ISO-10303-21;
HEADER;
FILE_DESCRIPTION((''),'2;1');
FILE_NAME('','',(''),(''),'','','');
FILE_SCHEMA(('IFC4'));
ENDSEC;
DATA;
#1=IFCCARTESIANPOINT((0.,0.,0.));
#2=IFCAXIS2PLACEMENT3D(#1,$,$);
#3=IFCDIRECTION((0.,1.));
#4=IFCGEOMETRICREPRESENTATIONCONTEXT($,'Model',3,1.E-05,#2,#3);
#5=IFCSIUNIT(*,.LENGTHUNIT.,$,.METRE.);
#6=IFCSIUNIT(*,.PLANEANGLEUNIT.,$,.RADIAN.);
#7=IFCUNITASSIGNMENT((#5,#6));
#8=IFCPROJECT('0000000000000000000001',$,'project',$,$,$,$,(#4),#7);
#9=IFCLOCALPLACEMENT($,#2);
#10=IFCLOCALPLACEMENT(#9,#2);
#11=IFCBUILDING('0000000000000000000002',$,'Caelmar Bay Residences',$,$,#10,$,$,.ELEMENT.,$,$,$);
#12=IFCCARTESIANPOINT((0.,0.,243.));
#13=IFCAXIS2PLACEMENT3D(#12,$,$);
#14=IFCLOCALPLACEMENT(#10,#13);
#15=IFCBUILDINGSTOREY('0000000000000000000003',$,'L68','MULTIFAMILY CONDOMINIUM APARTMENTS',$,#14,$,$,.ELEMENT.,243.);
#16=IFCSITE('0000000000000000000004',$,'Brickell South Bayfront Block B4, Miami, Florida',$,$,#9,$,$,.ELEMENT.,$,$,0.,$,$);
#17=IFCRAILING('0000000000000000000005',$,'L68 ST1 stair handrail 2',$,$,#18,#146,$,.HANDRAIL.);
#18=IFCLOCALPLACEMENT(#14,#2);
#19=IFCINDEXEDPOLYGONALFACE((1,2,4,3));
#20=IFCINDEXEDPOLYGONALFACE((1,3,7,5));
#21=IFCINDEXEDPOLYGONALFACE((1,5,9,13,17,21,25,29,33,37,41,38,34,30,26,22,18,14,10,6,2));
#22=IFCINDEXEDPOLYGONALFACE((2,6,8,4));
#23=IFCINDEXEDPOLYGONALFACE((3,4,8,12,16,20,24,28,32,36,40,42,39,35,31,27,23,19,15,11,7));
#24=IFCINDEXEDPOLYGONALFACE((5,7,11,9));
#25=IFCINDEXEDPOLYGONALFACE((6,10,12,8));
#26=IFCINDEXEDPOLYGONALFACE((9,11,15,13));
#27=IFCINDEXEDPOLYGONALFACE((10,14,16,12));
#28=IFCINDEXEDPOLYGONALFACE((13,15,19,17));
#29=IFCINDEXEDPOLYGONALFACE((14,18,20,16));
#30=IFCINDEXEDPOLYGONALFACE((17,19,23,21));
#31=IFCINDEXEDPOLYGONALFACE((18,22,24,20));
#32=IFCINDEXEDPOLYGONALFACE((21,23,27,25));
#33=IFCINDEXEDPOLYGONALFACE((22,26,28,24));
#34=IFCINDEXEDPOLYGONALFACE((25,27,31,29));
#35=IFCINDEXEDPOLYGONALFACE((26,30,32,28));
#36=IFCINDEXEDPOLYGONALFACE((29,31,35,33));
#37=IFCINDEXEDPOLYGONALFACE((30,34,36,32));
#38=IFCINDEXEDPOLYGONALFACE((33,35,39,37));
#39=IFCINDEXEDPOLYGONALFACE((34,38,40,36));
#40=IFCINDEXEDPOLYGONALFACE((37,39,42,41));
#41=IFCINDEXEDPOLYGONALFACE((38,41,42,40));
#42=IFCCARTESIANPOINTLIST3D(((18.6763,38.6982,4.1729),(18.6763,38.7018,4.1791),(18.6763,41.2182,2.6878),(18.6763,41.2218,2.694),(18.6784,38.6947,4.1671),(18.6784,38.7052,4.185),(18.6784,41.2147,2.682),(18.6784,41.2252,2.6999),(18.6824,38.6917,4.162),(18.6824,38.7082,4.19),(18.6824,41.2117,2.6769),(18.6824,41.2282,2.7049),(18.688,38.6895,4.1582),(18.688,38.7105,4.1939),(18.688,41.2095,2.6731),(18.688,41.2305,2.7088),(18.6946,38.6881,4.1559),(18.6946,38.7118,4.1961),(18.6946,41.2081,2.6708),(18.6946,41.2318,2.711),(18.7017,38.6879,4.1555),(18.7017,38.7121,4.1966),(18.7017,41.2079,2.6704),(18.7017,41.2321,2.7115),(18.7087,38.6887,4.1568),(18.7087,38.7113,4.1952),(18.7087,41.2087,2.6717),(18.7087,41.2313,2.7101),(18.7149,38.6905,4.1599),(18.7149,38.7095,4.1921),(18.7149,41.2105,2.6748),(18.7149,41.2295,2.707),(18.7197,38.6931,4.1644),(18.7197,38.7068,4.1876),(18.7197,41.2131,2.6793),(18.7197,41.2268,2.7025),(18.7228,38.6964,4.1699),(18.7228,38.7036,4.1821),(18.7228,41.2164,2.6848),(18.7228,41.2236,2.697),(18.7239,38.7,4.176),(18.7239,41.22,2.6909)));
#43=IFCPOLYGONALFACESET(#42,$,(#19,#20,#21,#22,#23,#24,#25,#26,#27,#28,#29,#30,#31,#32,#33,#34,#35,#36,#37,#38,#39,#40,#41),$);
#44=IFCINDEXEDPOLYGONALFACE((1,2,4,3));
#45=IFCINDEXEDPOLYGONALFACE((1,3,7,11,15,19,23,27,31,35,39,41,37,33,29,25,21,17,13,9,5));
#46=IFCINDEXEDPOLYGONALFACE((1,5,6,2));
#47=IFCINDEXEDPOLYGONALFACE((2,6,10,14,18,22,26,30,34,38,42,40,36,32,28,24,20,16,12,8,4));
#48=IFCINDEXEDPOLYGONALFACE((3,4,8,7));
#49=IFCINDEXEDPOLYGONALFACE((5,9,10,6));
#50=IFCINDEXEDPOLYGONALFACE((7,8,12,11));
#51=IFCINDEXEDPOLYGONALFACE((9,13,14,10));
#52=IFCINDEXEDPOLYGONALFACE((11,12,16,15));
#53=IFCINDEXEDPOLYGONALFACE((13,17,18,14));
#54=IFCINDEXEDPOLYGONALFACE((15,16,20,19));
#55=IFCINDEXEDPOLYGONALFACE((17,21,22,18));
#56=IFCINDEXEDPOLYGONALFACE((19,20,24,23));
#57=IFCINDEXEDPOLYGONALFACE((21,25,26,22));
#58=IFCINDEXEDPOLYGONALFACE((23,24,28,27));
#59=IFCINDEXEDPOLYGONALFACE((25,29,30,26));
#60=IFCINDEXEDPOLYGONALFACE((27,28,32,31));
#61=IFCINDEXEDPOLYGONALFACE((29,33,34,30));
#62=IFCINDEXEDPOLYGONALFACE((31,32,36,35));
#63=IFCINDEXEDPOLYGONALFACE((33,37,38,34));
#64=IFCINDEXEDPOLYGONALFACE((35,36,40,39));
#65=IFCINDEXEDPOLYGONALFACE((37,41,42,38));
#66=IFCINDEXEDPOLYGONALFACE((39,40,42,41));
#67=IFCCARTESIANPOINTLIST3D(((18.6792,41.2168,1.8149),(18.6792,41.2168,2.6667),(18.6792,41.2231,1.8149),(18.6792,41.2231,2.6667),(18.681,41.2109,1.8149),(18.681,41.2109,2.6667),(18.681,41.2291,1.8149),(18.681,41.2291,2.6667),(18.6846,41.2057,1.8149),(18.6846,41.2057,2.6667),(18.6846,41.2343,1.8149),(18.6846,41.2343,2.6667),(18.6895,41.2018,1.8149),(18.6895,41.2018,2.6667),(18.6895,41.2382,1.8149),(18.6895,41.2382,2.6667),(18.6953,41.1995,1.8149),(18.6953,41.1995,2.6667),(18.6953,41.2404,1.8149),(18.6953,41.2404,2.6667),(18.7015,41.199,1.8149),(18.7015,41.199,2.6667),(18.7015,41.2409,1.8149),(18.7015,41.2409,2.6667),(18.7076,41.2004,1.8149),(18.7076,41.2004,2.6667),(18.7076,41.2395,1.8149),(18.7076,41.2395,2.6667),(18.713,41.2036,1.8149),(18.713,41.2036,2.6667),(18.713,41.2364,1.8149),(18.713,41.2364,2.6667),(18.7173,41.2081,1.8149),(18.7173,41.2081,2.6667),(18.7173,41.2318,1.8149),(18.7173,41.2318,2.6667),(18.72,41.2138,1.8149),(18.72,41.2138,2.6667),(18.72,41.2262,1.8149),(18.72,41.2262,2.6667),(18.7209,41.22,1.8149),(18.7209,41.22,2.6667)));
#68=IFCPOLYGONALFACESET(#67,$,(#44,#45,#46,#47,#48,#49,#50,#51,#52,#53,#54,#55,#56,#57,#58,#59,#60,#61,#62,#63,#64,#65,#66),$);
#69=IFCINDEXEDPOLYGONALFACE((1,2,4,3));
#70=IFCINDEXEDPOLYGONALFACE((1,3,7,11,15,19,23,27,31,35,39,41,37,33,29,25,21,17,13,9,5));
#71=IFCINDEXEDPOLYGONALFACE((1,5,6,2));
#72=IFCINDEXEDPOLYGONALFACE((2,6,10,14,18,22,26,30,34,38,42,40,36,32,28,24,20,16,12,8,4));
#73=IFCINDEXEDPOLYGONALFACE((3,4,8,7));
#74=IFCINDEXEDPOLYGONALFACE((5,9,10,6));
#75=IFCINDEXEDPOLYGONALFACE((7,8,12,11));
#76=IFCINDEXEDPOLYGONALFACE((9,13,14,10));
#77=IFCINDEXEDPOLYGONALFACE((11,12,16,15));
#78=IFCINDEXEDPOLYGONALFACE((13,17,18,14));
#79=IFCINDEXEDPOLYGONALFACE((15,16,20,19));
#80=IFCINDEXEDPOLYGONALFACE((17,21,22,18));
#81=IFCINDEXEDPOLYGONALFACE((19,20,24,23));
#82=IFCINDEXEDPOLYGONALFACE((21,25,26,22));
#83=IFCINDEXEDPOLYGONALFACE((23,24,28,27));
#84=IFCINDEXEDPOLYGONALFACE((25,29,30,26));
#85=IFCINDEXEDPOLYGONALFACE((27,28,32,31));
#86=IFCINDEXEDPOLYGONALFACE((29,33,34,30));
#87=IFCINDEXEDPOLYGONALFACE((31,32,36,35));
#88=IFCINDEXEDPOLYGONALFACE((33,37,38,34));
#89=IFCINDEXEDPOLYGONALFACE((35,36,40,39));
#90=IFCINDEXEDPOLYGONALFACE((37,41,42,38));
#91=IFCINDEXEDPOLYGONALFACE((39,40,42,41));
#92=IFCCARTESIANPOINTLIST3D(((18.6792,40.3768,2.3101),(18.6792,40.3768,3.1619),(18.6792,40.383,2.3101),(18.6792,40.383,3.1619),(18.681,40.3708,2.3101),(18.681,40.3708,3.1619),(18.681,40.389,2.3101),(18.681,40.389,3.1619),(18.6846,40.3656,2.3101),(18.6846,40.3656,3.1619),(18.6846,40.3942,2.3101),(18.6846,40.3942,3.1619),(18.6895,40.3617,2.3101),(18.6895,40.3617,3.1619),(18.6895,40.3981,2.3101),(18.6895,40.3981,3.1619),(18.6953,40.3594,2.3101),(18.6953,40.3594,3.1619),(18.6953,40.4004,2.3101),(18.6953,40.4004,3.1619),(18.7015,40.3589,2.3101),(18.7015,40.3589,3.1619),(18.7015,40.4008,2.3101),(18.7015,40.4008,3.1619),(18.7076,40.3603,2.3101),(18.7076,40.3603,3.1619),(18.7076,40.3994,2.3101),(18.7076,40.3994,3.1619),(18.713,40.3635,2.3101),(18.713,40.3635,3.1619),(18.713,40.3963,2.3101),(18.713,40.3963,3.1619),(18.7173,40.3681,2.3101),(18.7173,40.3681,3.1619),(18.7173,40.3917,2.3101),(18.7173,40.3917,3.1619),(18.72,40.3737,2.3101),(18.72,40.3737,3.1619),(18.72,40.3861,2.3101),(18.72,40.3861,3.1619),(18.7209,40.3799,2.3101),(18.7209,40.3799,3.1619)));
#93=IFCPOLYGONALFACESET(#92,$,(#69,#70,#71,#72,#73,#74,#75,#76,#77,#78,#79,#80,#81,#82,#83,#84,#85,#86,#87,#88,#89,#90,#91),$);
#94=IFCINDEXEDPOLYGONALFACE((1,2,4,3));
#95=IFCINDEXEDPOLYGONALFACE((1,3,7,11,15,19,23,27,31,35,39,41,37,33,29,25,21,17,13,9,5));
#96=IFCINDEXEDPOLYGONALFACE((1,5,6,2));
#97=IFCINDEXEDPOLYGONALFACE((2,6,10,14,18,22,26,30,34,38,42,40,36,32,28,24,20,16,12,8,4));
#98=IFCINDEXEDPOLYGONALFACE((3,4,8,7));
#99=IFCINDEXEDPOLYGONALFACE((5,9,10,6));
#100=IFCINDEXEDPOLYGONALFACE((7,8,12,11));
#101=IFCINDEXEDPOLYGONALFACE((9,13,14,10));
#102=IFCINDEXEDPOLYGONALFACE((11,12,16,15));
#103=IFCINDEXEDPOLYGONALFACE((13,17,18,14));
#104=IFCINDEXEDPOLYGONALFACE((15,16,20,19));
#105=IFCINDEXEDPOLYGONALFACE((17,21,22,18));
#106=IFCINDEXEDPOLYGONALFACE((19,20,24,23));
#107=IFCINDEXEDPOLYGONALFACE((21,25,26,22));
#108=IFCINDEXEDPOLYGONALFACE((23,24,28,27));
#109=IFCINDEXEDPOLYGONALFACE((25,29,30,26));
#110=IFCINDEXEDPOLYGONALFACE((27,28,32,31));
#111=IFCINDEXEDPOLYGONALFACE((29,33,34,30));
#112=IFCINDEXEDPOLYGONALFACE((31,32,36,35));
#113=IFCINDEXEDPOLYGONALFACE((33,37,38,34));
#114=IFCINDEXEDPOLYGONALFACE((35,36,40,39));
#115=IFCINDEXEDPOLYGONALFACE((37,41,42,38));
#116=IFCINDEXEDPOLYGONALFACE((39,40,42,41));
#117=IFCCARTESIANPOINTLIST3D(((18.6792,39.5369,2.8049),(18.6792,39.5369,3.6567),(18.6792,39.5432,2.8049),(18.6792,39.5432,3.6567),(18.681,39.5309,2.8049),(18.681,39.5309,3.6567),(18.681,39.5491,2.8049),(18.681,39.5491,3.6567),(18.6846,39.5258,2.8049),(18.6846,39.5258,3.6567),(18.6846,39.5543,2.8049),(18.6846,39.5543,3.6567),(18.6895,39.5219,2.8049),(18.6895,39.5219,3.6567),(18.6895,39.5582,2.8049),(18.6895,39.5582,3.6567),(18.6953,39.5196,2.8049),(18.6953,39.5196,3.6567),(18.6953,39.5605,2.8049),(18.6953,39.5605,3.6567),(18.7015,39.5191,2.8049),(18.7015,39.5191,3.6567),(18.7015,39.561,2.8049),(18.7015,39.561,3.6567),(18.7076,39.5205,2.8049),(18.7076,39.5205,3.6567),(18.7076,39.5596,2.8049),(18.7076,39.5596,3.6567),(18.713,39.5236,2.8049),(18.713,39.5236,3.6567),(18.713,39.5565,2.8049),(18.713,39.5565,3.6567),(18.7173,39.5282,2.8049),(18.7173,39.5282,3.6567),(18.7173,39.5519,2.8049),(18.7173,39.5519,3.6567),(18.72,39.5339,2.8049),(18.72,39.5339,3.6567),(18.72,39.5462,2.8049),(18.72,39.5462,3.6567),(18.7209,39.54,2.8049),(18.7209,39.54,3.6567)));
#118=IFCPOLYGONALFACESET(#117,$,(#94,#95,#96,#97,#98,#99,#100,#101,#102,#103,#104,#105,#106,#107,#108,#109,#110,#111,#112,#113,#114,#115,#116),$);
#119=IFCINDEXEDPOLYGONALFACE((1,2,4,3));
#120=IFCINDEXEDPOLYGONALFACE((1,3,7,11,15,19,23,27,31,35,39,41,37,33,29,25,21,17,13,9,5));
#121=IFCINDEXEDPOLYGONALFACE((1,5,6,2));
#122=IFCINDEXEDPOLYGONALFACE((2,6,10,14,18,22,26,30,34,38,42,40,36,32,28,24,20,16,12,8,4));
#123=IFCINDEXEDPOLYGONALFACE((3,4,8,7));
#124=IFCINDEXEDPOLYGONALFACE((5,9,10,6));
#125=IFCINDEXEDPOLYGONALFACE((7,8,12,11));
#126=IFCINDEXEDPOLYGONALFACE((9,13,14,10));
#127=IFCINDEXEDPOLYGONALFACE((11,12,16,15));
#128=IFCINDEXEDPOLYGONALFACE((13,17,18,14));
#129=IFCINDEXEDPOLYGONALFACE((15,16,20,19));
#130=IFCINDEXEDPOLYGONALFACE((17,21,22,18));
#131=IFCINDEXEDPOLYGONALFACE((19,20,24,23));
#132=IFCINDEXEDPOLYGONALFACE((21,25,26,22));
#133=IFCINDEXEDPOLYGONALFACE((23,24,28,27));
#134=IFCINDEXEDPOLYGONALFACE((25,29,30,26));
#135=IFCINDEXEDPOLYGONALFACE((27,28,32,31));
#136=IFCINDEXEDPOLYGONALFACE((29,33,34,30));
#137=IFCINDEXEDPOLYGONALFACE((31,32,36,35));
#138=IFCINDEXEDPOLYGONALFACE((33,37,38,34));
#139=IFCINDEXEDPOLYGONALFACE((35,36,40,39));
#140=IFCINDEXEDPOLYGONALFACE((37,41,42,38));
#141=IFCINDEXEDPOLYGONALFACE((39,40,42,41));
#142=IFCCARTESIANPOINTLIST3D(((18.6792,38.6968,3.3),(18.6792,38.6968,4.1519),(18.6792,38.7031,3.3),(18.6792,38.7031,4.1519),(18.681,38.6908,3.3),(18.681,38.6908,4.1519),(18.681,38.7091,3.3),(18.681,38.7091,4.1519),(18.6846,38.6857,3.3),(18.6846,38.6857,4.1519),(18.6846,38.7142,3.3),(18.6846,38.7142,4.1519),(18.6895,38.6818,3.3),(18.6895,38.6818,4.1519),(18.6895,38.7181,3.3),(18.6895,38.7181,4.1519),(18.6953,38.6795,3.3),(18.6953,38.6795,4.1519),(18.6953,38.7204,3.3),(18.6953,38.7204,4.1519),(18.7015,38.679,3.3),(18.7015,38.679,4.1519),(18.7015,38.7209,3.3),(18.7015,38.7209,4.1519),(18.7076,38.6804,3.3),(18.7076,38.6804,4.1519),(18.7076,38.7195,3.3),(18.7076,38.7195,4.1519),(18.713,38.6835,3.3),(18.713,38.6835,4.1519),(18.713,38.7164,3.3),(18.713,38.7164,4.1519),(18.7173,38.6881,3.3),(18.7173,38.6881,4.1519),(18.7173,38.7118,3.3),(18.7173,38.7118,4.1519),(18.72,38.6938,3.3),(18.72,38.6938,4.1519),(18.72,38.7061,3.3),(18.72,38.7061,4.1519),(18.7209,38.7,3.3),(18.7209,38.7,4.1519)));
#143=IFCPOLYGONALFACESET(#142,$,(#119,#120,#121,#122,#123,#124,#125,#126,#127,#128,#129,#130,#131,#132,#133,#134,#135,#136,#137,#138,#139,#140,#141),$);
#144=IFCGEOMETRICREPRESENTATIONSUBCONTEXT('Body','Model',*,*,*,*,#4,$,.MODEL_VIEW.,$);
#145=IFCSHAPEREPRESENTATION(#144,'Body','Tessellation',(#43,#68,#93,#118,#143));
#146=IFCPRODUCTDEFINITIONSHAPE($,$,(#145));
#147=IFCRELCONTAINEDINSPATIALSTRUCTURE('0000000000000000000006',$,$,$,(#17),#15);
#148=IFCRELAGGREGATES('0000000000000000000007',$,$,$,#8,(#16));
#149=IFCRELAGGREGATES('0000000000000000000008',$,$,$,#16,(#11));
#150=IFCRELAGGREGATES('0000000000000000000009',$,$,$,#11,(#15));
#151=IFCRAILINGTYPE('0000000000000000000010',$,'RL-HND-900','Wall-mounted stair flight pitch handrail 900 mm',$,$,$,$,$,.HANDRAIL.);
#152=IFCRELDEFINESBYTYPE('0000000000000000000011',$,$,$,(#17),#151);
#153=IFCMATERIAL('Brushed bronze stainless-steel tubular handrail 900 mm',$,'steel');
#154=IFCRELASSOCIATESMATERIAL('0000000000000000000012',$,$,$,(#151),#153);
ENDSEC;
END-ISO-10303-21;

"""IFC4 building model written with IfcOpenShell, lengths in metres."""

from ifc_helpers import new_model, si_unit, direction, frame, origin, origin_2d, place, context, subcontext, project, spatial, circle, extrude, material, type_object, element, save


model = new_model("IFC4")

# Units and contexts
model_context = context("Model", 3, precision=1e-05, world=origin(), true_north=direction((0.0, 1.0)))
body_context = subcontext(model_context, "Body", "Model", "MODEL_VIEW")
ifc_project = project(units=[si_unit("LENGTHUNIT", "METRE"), si_unit("PLANEANGLEUNIT", "RADIAN")], contexts=[model_context])

# Site, building, storey
site_placement = place(None, origin())
site = spatial("IfcSite", under=ifc_project, at=site_placement, Name="Brickell South Bayfront Block B4, Miami, Florida", CompositionType="ELEMENT", RefElevation=0.0)
building_placement = place(site_placement, origin())
building = spatial("IfcBuilding", under=site, at=building_placement, Name="Caelmar Bay Residences", CompositionType="ELEMENT")
storey_placement = place(building_placement, frame((0.0, 0.0, 243.0)))
storey = spatial("IfcBuildingStorey", under=building, at=storey_placement, Name="L68", Description="MULTIFAMILY CONDOMINIUM APARTMENTS", CompositionType="ELEMENT", Elevation=243.0)

# Railing
ifc_material_1 = material(Name="Brushed bronze stainless-steel tubular handrail 900 mm", Category="steel")
railing_type_1 = type_object("IfcRailingType", Name="RL-HND-900", Description="Wall-mounted stair flight pitch handrail 900 mm", PredefinedType="HANDRAIL", material=ifc_material_1)
railing_1_placement = place(storey_placement, frame((18.7, 41.22, 1.8149)))
element("IfcRailing", 1, at=railing_1_placement, inside=storey, type_object=railing_type_1, Name="L68 ST1 stair handrail 2", PredefinedType="HANDRAIL", context=body_context, shape_type="SweptSolid", body=[
    extrude(circle(Radius=0.0239, at=origin_2d()), frame((0.0, 0.0, 0.876), z_axis=(0.0, -0.861524, 0.507717), x_axis=(1.0, 0.0, 0.0)), (0.0, 0.0, 1.0), 2.925),
    extrude(circle(Radius=0.021, at=origin_2d()), origin(), (0.0, 0.0, 1.0), 0.8518),
    extrude(circle(Radius=0.021, at=origin_2d()), frame((0.0, -0.8401, 0.4951)), (0.0, 0.0, 1.0), 0.8518),
    extrude(circle(Radius=0.021, at=origin_2d()), frame((0.0, -1.6799, 0.99)), (0.0, 0.0, 1.0), 0.8518),
    extrude(circle(Radius=0.021, at=origin_2d()), frame((0.0, -2.52, 1.4851)), (0.0, 0.0, 1.0), 0.8518),
])

save(model, "model.ifc")
